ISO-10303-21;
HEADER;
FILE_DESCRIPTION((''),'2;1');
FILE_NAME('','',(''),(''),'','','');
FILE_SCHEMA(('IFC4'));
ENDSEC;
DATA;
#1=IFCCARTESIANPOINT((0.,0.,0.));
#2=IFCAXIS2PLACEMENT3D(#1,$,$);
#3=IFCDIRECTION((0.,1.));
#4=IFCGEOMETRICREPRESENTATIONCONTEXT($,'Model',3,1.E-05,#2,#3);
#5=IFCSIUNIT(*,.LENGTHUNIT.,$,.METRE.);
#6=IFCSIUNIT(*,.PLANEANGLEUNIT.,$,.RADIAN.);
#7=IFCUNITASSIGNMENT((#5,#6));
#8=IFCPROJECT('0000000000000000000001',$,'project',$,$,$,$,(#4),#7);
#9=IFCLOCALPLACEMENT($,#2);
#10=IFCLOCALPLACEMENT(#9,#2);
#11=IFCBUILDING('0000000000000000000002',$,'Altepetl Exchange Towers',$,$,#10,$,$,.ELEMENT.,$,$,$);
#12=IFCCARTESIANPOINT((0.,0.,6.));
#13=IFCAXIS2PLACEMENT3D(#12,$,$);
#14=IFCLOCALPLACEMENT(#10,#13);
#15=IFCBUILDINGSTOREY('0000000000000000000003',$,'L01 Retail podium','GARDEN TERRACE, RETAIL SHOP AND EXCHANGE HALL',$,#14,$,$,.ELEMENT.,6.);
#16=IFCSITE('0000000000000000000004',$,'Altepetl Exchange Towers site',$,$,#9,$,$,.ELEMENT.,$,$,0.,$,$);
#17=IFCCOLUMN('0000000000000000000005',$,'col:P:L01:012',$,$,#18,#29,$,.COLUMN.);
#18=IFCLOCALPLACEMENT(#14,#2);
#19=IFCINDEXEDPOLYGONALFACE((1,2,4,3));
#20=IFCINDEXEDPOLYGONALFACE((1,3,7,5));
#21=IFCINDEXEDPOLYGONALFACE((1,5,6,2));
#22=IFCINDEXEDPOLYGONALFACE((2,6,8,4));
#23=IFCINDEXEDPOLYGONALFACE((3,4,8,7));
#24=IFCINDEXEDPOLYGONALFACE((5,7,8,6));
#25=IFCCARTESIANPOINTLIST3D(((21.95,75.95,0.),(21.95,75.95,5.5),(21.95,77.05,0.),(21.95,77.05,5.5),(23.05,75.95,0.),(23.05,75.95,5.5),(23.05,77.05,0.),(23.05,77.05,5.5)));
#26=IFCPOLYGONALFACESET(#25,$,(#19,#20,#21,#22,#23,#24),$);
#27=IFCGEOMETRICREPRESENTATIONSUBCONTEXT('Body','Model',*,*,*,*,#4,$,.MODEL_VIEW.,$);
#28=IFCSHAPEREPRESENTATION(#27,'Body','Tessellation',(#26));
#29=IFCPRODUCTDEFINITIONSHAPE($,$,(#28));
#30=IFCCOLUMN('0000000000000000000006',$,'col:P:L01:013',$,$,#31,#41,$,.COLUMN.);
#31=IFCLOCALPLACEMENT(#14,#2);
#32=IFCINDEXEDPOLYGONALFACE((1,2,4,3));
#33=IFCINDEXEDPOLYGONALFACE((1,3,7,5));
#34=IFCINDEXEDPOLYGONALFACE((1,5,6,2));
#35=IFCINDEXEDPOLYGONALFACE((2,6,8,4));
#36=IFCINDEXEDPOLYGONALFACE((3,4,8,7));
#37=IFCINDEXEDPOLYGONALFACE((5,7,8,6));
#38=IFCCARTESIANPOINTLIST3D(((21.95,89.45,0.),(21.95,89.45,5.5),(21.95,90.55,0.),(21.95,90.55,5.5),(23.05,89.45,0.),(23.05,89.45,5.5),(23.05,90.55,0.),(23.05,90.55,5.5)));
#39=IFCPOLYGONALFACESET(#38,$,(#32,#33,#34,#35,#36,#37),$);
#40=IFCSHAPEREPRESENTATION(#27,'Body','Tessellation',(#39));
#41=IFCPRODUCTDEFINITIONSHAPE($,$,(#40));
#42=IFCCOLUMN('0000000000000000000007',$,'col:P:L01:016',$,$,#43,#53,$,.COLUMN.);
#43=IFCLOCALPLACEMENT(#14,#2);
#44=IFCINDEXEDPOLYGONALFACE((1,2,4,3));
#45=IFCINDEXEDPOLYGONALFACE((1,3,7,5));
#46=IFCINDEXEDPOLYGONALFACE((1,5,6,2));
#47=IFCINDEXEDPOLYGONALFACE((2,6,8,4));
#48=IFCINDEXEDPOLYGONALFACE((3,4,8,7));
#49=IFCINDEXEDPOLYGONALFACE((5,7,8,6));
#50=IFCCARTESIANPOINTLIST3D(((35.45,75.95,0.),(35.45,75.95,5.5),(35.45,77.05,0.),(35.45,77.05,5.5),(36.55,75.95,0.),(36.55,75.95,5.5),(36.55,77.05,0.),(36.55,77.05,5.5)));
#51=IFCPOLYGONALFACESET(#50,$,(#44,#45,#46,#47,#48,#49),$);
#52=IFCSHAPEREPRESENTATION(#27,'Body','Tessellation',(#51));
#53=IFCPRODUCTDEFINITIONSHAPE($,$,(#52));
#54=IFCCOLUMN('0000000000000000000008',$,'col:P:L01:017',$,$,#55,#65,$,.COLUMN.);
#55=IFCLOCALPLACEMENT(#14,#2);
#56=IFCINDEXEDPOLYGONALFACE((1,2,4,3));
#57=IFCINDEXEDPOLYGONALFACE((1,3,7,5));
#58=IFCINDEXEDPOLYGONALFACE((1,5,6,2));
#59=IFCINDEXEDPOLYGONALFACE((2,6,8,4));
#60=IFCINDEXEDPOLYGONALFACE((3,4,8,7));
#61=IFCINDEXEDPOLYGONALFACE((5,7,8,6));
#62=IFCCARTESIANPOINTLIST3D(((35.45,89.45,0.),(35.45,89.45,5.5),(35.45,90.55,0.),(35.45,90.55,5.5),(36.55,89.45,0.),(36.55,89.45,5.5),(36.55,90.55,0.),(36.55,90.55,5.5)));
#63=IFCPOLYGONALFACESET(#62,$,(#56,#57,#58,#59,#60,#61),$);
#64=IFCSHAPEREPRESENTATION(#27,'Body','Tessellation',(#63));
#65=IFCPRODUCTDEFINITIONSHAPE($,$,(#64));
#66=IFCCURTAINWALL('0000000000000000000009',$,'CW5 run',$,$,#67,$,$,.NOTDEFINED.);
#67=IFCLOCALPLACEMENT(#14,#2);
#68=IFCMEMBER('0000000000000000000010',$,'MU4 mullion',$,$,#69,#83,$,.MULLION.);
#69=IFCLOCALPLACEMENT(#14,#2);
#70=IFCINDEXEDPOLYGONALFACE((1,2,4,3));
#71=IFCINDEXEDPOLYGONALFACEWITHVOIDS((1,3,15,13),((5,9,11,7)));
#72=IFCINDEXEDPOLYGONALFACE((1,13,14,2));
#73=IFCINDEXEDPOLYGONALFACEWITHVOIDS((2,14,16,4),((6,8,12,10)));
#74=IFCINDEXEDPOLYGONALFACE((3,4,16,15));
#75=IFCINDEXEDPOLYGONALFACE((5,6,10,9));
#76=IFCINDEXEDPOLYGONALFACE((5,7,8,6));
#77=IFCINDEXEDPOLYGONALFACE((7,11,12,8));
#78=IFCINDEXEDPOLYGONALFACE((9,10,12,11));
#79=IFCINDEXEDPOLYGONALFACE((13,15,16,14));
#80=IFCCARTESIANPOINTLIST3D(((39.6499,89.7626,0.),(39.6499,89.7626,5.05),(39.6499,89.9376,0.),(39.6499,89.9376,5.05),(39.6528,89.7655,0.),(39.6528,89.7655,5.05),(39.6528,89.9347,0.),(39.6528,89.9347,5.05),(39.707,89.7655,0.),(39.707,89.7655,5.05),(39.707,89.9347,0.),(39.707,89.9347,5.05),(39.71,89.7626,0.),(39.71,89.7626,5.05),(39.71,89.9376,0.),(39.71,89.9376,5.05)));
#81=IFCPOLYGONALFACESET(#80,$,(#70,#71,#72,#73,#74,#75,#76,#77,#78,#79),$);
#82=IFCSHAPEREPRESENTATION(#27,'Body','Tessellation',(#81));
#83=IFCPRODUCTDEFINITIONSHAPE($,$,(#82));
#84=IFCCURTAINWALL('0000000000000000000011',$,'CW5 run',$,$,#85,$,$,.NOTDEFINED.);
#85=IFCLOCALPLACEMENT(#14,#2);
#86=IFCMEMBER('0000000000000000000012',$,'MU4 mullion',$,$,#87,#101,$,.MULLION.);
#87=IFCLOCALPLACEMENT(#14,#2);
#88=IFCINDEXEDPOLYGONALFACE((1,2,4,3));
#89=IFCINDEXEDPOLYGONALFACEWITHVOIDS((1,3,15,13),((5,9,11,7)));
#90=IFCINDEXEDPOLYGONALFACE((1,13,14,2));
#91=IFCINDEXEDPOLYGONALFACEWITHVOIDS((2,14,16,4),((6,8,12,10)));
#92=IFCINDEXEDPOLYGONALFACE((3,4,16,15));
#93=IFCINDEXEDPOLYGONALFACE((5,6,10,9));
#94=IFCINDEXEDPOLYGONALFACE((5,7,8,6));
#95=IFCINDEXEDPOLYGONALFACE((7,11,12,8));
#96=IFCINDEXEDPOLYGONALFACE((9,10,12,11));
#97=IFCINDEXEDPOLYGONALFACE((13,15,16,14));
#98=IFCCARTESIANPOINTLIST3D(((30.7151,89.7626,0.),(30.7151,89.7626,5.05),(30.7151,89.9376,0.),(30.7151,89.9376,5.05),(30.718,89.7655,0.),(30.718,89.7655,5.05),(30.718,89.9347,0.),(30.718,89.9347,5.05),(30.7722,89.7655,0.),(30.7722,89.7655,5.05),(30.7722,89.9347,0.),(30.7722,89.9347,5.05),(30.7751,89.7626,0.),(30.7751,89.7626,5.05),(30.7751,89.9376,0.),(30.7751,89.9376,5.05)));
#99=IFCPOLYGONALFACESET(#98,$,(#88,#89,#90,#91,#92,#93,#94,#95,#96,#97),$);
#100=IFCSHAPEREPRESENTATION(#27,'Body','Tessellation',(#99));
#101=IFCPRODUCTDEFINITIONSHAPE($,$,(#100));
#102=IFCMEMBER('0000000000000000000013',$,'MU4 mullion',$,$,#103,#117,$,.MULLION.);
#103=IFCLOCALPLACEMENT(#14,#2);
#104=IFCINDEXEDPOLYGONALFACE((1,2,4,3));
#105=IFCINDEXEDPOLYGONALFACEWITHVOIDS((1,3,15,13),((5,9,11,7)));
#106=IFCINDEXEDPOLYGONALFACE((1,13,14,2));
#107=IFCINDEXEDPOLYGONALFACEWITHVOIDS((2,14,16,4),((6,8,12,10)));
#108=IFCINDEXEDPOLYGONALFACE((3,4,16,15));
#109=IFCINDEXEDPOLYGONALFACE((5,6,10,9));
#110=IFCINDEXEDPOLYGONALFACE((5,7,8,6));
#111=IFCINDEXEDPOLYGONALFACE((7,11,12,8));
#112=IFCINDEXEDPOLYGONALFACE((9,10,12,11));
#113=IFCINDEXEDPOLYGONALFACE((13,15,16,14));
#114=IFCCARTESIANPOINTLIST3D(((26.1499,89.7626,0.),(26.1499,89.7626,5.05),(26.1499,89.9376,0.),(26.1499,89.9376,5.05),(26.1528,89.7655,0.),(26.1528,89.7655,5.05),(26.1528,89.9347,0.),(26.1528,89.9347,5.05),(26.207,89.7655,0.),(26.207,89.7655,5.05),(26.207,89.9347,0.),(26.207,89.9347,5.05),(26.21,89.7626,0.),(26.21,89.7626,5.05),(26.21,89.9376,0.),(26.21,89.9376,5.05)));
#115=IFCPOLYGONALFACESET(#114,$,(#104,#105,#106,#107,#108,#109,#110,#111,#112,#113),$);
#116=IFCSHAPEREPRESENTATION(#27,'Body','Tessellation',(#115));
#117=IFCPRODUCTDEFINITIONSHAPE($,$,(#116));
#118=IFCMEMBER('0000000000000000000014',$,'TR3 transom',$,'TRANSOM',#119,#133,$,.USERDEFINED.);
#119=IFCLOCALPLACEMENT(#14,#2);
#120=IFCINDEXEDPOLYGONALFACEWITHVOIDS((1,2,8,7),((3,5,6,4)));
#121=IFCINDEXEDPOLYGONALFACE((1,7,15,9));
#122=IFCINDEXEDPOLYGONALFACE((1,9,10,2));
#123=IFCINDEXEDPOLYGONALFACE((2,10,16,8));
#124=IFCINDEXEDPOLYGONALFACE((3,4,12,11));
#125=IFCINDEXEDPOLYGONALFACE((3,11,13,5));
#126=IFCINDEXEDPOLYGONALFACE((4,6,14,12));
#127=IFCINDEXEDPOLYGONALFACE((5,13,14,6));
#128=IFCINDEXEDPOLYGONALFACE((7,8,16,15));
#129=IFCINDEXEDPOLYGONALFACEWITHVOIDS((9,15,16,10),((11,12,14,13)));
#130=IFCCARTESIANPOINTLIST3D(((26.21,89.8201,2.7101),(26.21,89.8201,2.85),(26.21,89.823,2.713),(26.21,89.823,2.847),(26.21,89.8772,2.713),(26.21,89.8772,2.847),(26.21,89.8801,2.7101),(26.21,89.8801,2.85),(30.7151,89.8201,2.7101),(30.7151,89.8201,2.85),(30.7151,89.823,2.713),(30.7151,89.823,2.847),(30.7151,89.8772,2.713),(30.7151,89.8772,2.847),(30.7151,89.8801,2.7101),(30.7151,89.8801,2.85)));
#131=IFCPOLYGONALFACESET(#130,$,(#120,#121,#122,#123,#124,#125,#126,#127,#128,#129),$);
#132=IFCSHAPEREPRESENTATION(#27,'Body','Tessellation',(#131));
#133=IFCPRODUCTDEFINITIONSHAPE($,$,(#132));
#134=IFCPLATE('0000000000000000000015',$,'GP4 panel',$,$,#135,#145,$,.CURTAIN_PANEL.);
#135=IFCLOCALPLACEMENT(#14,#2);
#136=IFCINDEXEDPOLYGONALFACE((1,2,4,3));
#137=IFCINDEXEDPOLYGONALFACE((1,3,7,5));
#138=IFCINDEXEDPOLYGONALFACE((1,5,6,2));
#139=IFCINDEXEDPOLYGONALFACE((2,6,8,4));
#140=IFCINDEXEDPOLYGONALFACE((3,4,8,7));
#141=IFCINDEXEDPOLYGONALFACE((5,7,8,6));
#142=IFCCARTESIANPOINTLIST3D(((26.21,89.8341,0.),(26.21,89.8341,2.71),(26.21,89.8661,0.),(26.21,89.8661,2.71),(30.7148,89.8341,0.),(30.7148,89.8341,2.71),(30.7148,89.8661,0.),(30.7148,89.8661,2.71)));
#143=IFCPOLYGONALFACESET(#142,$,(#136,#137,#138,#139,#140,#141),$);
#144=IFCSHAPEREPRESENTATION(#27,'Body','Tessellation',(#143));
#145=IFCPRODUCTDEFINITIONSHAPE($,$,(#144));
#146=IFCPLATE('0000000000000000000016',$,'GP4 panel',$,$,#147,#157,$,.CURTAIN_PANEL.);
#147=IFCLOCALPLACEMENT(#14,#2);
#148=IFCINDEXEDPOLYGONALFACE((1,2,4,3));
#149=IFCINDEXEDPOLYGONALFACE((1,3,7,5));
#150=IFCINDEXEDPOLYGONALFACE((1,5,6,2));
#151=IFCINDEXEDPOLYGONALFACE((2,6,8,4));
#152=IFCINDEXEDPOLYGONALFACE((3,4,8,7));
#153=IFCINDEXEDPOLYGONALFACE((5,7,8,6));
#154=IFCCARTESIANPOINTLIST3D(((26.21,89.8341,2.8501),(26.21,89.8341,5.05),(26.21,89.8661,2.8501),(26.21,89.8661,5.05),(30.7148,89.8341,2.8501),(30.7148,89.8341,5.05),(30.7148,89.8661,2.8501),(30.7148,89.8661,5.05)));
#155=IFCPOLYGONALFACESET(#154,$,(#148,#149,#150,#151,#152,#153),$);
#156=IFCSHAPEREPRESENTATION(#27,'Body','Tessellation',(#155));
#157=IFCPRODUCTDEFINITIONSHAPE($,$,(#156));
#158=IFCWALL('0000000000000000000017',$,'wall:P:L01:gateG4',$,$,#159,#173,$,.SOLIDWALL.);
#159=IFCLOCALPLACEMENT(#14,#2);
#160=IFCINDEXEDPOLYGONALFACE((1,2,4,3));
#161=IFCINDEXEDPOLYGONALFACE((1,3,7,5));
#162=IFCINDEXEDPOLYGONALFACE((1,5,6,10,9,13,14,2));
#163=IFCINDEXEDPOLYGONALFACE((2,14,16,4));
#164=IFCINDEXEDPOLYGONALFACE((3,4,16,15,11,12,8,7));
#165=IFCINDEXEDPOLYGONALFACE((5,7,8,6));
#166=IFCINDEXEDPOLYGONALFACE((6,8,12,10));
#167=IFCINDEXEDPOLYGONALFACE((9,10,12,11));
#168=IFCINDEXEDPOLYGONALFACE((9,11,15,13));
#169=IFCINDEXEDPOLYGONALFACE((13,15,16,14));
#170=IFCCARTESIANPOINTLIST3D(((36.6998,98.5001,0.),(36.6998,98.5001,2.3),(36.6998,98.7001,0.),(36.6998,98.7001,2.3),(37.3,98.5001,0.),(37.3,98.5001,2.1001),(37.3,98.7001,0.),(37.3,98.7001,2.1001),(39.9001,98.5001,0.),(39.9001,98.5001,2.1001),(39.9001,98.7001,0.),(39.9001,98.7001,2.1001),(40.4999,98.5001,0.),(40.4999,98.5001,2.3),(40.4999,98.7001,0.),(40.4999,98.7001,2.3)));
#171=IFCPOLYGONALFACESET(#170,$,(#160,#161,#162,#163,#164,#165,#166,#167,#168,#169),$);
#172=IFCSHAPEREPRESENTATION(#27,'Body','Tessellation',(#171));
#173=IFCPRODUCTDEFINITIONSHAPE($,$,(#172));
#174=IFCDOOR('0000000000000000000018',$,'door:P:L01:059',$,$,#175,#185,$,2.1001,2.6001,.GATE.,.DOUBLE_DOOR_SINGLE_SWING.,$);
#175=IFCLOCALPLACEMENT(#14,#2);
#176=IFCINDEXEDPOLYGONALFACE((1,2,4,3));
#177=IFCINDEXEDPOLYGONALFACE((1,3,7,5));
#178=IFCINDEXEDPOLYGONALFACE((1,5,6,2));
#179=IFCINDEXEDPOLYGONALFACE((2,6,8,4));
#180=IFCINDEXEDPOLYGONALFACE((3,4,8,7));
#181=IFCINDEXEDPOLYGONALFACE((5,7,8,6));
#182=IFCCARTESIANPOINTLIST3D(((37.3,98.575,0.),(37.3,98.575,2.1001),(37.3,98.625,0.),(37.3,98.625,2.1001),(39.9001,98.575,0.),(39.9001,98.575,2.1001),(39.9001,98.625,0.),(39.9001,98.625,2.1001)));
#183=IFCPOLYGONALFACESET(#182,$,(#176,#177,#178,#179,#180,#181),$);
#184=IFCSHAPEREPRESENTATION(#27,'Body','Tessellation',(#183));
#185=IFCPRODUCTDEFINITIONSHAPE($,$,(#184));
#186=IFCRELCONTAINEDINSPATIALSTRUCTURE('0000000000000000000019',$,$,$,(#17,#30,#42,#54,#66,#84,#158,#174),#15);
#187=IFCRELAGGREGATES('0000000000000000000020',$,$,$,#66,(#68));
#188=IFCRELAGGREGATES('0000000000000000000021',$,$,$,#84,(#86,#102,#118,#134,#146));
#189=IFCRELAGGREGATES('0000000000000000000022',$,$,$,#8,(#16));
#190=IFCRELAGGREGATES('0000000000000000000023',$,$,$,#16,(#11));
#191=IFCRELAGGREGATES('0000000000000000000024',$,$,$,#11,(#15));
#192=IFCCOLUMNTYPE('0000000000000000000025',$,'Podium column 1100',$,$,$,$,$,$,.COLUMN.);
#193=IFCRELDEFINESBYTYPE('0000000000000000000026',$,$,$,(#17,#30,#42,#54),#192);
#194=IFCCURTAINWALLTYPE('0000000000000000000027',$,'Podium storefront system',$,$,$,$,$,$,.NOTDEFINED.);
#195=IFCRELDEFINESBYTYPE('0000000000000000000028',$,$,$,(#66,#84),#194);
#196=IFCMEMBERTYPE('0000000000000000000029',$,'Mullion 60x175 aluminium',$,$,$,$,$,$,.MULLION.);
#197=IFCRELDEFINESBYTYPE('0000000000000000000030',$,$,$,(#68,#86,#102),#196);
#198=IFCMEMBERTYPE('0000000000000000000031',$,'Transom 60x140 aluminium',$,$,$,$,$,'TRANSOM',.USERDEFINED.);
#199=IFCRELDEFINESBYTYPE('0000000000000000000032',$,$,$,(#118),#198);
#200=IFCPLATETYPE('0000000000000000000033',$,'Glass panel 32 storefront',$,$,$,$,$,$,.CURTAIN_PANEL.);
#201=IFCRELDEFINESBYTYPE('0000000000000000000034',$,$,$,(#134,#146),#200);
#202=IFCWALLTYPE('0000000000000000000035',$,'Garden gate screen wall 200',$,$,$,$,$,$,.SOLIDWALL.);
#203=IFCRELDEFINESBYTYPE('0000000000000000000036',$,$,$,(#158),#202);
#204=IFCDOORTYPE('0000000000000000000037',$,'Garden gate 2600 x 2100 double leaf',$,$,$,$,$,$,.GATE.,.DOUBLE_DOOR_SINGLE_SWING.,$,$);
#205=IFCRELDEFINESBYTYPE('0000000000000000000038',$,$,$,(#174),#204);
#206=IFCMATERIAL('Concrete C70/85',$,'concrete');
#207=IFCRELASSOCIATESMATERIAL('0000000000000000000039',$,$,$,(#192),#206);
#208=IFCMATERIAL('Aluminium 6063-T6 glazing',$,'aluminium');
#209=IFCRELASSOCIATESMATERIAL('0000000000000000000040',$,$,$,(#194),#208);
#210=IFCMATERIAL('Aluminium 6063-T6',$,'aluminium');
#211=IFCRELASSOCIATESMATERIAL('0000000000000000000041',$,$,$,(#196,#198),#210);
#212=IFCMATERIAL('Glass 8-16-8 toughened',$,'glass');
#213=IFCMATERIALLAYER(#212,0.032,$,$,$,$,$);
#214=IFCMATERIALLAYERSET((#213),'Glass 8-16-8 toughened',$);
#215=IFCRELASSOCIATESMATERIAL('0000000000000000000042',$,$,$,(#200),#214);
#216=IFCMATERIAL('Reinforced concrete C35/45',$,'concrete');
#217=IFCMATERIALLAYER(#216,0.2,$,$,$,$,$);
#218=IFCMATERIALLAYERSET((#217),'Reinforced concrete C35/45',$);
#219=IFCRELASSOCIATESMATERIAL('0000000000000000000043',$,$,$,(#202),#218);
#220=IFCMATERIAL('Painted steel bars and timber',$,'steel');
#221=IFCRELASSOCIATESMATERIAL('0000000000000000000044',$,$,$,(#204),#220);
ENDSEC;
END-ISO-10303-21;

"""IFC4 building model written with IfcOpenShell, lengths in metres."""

from ifc_helpers import new_model, si_unit, direction, frame, frame_2d, origin, origin_2d, place, context, subcontext, project, spatial, rectangle, hollow_rectangle, extrude, material, layer, layer_set, material_profile, profile_set, type_object, element, fill, aggregate, save


model = new_model("IFC4")

# Units and contexts
model_context = context("Model", 3, precision=1e-05, world=origin(), true_north=direction((0.0, 1.0)))
body_context = subcontext(model_context, "Body", "Model", "MODEL_VIEW")
ifc_project = project(units=[si_unit("LENGTHUNIT", "METRE"), si_unit("PLANEANGLEUNIT", "RADIAN")], contexts=[model_context])

# Site, building, storey
site_placement = place(None, origin())
site = spatial("IfcSite", under=ifc_project, at=site_placement, Name="Altepetl Exchange Towers site", CompositionType="ELEMENT", RefElevation=0.0)
building_placement = place(site_placement, origin())
building = spatial("IfcBuilding", under=site, at=building_placement, Name="Altepetl Exchange Towers", CompositionType="ELEMENT")
storey_placement = place(building_placement, frame((0.0, 0.0, 6.0)))
storey = spatial("IfcBuildingStorey", under=building, at=storey_placement, Name="L01 Retail podium", Description="GARDEN TERRACE, RETAIL SHOP AND EXCHANGE HALL", CompositionType="ELEMENT", Elevation=6.0)

# Columns
ifc_material_1 = material(Name="Concrete C70/85", Category="concrete")
ifc_material_profile_1 = material_profile(ifc_material_1, rectangle(XDim=1.1001, YDim=1.1001, at=origin_2d()), Name="1100 x 1100")
ifc_profile_set_1 = profile_set([ifc_material_profile_1], Name="Concrete C70/85")
column_type = type_object("IfcColumnType", Name="Podium column 1100", PredefinedType="COLUMN", material=ifc_profile_set_1)
for number, where, name in (
    (1, (22.5, 76.5, 0.0), "col:P:L01:012"),
    (2, (22.5, 90.0, 0.0), "col:P:L01:013"),
    (3, (36.0, 76.5, 0.0), "col:P:L01:016"),
    (4, (36.0, 90.0, 0.0), "col:P:L01:017"),
):
    element("IfcColumn", number, at=place(storey_placement, frame(where)), inside=storey, type_object=column_type, Name=name, PredefinedType="COLUMN", context=body_context, shape_type="SweptSolid", body=[
        extrude(rectangle(XDim=1.1001, YDim=1.1001, at=origin_2d()), origin(), (0.0, 0.0, 1.0), 5.5),
    ])

# Curtain wall, member
ifc_material_2 = material(Name="Aluminium 6063-T6 glazing", Category="aluminium")
curtain_wall_type = type_object("IfcCurtainWallType", Name="Podium storefront system", PredefinedType="NOTDEFINED", material=ifc_material_2)
curtain_wall_1_placement = place(storey_placement, origin())
curtain_wall_1 = element("IfcCurtainWall", 5, at=curtain_wall_1_placement, inside=storey, type_object=curtain_wall_type, Name="CW5 run", PredefinedType="NOTDEFINED")
ifc_material_3 = material(Name="Aluminium 6063-T6", Category="aluminium")
ifc_material_profile_2 = material_profile(ifc_material_3, hollow_rectangle(XDim=0.0601, YDim=0.175, WallThickness=0.0029, at=origin_2d()), Name="Mullion 60x175 aluminium")
ifc_profile_set_2 = profile_set([ifc_material_profile_2], Name="Aluminium 6063-T6")
member_type_1 = type_object("IfcMemberType", Name="Mullion 60x175 aluminium", PredefinedType="MULLION", material=ifc_profile_set_2)
member_1_placement = place(storey_placement, frame((39.6799, 89.8501, 0.0), z_axis=(0.0, 0.0, 1.0), x_axis=(-1.0, 0.0, 0.0)))
member_1 = element("IfcMember", 6, at=member_1_placement, type_object=member_type_1, Name="MU4 mullion", PredefinedType="MULLION", context=body_context, shape_type="SweptSolid", body=[
    extrude(hollow_rectangle(XDim=0.0601, YDim=0.175, WallThickness=0.0029, at=origin_2d()), origin(), (0.0, 0.0, 1.0), 5.05),
])
aggregate(curtain_wall_1, [member_1])

# Curtain wall, members, plates
curtain_wall_2_placement = place(storey_placement, origin())
curtain_wall_2 = element("IfcCurtainWall", 7, at=curtain_wall_2_placement, inside=storey, type_object=curtain_wall_type, Name="CW5 run", PredefinedType="NOTDEFINED")
member_2_placement = place(storey_placement, frame((30.7451, 89.8501, 0.0), z_axis=(0.0, 0.0, 1.0), x_axis=(-1.0, 0.0, 0.0)))
member_2 = element("IfcMember", 8, at=member_2_placement, type_object=member_type_1, Name="MU4 mullion", PredefinedType="MULLION", context=body_context, shape_type="SweptSolid", body=[
    extrude(hollow_rectangle(XDim=0.0601, YDim=0.175, WallThickness=0.0029, at=origin_2d()), origin(), (0.0, 0.0, 1.0), 5.05),
])
member_3_placement = place(storey_placement, frame((26.1799, 89.8501, 0.0), z_axis=(0.0, 0.0, 1.0), x_axis=(-1.0, 0.0, 0.0)))
member_3 = element("IfcMember", 9, at=member_3_placement, type_object=member_type_1, Name="MU4 mullion", PredefinedType="MULLION", context=body_context, shape_type="SweptSolid", body=[
    extrude(hollow_rectangle(XDim=0.0601, YDim=0.175, WallThickness=0.0029, at=origin_2d()), origin(), (0.0, 0.0, 1.0), 5.05),
])
ifc_material_profile_3 = material_profile(ifc_material_3, hollow_rectangle(XDim=0.0601, YDim=0.1399, WallThickness=0.0029, at=origin_2d()), Name="Transom 60x140 aluminium")
ifc_profile_set_3 = profile_set([ifc_material_profile_3], Name="Aluminium 6063-T6")
member_type_2 = type_object("IfcMemberType", Name="Transom 60x140 aluminium", ElementType="TRANSOM", PredefinedType="USERDEFINED", material=ifc_profile_set_3)
member_4_placement = place(storey_placement, frame((30.7151, 89.8501, 2.78), z_axis=(-1.0, 0.0, 0.0), x_axis=(0.0, -1.0, 0.0)))
member_4 = element("IfcMember", 10, at=member_4_placement, type_object=member_type_2, Name="TR3 transom", ObjectType="TRANSOM", PredefinedType="USERDEFINED", context=body_context, shape_type="SweptSolid", body=[
    extrude(hollow_rectangle(XDim=0.0601, YDim=0.1399, WallThickness=0.0029, at=origin_2d()), origin(), (0.0, 0.0, 1.0), 4.5051),
])
ifc_material_4 = material(Name="Glass 8-16-8 toughened", Category="glass")
ifc_layer_1 = layer(ifc_material_4, 0.032)
ifc_layer_set_1 = layer_set([ifc_layer_1], Name="Glass 8-16-8 toughened")
plate_type = type_object("IfcPlateType", Name="Glass panel 32 storefront", PredefinedType="CURTAIN_PANEL", material=ifc_layer_set_1)
plate_1_placement = place(storey_placement, frame((28.4624, 89.8501, 0.0), z_axis=(0.0, 0.0, 1.0), x_axis=(-1.0, 0.0, 0.0)))
plate_1 = element("IfcPlate", 11, at=plate_1_placement, type_object=plate_type, Name="GP4 panel", PredefinedType="CURTAIN_PANEL", context=body_context, shape_type="SweptSolid", body=[
    extrude(rectangle(XDim=4.5049, YDim=0.032, at=origin_2d()), origin(), (0.0, 0.0, 1.0), 2.71),
])
plate_2_placement = place(storey_placement, frame((28.4624, 89.8501, 2.8501), z_axis=(0.0, 0.0, 1.0), x_axis=(-1.0, 0.0, 0.0)))
plate_2 = element("IfcPlate", 12, at=plate_2_placement, type_object=plate_type, Name="GP4 panel", PredefinedType="CURTAIN_PANEL", context=body_context, shape_type="SweptSolid", body=[
    extrude(rectangle(XDim=4.5049, YDim=0.032, at=origin_2d()), origin(), (0.0, 0.0, 1.0), 2.2),
])
aggregate(curtain_wall_2, [member_2, member_3, member_4, plate_1, plate_2])

# Wall, opening, door
ifc_material_5 = material(Name="Reinforced concrete C35/45", Category="concrete")
ifc_layer_2 = layer(ifc_material_5, 0.2)
ifc_layer_set_2 = layer_set([ifc_layer_2], Name="Reinforced concrete C35/45")
wall_type_1 = type_object("IfcWallType", Name="Garden gate screen wall 200", PredefinedType="SOLIDWALL", material=ifc_layer_set_2)
wall_1_placement = place(storey_placement, frame((36.7, 98.6001, 0.0)))
wall_1 = element("IfcWall", 13, at=wall_1_placement, inside=storey, type_object=wall_type_1, Name="wall:P:L01:gateG4", PredefinedType="SOLIDWALL", context=body_context, shape_type="SweptSolid", body=[
    extrude(rectangle(XDim=3.8, YDim=0.2, at=frame_2d((1.8999, 0.0))), origin(), (0.0, 0.0, 1.0), 2.3),
])
opening_1_placement = place(wall_1_placement, frame((0.6001, 0.0, 0.0)))
opening_1 = element("IfcOpeningElement", 14, at=opening_1_placement, cuts=wall_1, PredefinedType="OPENING", context=body_context, shape_type="SweptSolid", body=[
    extrude(rectangle(XDim=2.6001, YDim=2.1001, at=frame_2d((1.3, 1.05))), frame((0.0, 0.1099, 0.0), z_axis=(0.0, -1.0, 0.0), x_axis=(1.0, 0.0, 0.0)), (0.0, 0.0, 1.0), 0.22),
])
ifc_material_6 = material(Name="Painted steel bars and timber", Category="steel")
door_type_1 = type_object("IfcDoorType", Name="Garden gate 2600 x 2100 double leaf", OperationType="DOUBLE_DOOR_SINGLE_SWING", PredefinedType="GATE", material=ifc_material_6)
door_1_placement = place(opening_1_placement, origin())
door_1 = element("IfcDoor", 15, at=door_1_placement, inside=storey, type_object=door_type_1, Name="door:P:L01:059", OperationType="DOUBLE_DOOR_SINGLE_SWING", OverallHeight=2.1001, OverallWidth=2.6001, PredefinedType="GATE", context=body_context, shape_type="SweptSolid", body=[
    extrude(rectangle(XDim=2.6001, YDim=2.1001, at=frame_2d((1.3, 1.05))), frame((0.0, 0.0249, 0.0), z_axis=(0.0, -1.0, 0.0), x_axis=(1.0, 0.0, 0.0)), (0.0, 0.0, 1.0), 0.05),
])
fill(opening_1, door_1)

save(model, "model.ifc")
